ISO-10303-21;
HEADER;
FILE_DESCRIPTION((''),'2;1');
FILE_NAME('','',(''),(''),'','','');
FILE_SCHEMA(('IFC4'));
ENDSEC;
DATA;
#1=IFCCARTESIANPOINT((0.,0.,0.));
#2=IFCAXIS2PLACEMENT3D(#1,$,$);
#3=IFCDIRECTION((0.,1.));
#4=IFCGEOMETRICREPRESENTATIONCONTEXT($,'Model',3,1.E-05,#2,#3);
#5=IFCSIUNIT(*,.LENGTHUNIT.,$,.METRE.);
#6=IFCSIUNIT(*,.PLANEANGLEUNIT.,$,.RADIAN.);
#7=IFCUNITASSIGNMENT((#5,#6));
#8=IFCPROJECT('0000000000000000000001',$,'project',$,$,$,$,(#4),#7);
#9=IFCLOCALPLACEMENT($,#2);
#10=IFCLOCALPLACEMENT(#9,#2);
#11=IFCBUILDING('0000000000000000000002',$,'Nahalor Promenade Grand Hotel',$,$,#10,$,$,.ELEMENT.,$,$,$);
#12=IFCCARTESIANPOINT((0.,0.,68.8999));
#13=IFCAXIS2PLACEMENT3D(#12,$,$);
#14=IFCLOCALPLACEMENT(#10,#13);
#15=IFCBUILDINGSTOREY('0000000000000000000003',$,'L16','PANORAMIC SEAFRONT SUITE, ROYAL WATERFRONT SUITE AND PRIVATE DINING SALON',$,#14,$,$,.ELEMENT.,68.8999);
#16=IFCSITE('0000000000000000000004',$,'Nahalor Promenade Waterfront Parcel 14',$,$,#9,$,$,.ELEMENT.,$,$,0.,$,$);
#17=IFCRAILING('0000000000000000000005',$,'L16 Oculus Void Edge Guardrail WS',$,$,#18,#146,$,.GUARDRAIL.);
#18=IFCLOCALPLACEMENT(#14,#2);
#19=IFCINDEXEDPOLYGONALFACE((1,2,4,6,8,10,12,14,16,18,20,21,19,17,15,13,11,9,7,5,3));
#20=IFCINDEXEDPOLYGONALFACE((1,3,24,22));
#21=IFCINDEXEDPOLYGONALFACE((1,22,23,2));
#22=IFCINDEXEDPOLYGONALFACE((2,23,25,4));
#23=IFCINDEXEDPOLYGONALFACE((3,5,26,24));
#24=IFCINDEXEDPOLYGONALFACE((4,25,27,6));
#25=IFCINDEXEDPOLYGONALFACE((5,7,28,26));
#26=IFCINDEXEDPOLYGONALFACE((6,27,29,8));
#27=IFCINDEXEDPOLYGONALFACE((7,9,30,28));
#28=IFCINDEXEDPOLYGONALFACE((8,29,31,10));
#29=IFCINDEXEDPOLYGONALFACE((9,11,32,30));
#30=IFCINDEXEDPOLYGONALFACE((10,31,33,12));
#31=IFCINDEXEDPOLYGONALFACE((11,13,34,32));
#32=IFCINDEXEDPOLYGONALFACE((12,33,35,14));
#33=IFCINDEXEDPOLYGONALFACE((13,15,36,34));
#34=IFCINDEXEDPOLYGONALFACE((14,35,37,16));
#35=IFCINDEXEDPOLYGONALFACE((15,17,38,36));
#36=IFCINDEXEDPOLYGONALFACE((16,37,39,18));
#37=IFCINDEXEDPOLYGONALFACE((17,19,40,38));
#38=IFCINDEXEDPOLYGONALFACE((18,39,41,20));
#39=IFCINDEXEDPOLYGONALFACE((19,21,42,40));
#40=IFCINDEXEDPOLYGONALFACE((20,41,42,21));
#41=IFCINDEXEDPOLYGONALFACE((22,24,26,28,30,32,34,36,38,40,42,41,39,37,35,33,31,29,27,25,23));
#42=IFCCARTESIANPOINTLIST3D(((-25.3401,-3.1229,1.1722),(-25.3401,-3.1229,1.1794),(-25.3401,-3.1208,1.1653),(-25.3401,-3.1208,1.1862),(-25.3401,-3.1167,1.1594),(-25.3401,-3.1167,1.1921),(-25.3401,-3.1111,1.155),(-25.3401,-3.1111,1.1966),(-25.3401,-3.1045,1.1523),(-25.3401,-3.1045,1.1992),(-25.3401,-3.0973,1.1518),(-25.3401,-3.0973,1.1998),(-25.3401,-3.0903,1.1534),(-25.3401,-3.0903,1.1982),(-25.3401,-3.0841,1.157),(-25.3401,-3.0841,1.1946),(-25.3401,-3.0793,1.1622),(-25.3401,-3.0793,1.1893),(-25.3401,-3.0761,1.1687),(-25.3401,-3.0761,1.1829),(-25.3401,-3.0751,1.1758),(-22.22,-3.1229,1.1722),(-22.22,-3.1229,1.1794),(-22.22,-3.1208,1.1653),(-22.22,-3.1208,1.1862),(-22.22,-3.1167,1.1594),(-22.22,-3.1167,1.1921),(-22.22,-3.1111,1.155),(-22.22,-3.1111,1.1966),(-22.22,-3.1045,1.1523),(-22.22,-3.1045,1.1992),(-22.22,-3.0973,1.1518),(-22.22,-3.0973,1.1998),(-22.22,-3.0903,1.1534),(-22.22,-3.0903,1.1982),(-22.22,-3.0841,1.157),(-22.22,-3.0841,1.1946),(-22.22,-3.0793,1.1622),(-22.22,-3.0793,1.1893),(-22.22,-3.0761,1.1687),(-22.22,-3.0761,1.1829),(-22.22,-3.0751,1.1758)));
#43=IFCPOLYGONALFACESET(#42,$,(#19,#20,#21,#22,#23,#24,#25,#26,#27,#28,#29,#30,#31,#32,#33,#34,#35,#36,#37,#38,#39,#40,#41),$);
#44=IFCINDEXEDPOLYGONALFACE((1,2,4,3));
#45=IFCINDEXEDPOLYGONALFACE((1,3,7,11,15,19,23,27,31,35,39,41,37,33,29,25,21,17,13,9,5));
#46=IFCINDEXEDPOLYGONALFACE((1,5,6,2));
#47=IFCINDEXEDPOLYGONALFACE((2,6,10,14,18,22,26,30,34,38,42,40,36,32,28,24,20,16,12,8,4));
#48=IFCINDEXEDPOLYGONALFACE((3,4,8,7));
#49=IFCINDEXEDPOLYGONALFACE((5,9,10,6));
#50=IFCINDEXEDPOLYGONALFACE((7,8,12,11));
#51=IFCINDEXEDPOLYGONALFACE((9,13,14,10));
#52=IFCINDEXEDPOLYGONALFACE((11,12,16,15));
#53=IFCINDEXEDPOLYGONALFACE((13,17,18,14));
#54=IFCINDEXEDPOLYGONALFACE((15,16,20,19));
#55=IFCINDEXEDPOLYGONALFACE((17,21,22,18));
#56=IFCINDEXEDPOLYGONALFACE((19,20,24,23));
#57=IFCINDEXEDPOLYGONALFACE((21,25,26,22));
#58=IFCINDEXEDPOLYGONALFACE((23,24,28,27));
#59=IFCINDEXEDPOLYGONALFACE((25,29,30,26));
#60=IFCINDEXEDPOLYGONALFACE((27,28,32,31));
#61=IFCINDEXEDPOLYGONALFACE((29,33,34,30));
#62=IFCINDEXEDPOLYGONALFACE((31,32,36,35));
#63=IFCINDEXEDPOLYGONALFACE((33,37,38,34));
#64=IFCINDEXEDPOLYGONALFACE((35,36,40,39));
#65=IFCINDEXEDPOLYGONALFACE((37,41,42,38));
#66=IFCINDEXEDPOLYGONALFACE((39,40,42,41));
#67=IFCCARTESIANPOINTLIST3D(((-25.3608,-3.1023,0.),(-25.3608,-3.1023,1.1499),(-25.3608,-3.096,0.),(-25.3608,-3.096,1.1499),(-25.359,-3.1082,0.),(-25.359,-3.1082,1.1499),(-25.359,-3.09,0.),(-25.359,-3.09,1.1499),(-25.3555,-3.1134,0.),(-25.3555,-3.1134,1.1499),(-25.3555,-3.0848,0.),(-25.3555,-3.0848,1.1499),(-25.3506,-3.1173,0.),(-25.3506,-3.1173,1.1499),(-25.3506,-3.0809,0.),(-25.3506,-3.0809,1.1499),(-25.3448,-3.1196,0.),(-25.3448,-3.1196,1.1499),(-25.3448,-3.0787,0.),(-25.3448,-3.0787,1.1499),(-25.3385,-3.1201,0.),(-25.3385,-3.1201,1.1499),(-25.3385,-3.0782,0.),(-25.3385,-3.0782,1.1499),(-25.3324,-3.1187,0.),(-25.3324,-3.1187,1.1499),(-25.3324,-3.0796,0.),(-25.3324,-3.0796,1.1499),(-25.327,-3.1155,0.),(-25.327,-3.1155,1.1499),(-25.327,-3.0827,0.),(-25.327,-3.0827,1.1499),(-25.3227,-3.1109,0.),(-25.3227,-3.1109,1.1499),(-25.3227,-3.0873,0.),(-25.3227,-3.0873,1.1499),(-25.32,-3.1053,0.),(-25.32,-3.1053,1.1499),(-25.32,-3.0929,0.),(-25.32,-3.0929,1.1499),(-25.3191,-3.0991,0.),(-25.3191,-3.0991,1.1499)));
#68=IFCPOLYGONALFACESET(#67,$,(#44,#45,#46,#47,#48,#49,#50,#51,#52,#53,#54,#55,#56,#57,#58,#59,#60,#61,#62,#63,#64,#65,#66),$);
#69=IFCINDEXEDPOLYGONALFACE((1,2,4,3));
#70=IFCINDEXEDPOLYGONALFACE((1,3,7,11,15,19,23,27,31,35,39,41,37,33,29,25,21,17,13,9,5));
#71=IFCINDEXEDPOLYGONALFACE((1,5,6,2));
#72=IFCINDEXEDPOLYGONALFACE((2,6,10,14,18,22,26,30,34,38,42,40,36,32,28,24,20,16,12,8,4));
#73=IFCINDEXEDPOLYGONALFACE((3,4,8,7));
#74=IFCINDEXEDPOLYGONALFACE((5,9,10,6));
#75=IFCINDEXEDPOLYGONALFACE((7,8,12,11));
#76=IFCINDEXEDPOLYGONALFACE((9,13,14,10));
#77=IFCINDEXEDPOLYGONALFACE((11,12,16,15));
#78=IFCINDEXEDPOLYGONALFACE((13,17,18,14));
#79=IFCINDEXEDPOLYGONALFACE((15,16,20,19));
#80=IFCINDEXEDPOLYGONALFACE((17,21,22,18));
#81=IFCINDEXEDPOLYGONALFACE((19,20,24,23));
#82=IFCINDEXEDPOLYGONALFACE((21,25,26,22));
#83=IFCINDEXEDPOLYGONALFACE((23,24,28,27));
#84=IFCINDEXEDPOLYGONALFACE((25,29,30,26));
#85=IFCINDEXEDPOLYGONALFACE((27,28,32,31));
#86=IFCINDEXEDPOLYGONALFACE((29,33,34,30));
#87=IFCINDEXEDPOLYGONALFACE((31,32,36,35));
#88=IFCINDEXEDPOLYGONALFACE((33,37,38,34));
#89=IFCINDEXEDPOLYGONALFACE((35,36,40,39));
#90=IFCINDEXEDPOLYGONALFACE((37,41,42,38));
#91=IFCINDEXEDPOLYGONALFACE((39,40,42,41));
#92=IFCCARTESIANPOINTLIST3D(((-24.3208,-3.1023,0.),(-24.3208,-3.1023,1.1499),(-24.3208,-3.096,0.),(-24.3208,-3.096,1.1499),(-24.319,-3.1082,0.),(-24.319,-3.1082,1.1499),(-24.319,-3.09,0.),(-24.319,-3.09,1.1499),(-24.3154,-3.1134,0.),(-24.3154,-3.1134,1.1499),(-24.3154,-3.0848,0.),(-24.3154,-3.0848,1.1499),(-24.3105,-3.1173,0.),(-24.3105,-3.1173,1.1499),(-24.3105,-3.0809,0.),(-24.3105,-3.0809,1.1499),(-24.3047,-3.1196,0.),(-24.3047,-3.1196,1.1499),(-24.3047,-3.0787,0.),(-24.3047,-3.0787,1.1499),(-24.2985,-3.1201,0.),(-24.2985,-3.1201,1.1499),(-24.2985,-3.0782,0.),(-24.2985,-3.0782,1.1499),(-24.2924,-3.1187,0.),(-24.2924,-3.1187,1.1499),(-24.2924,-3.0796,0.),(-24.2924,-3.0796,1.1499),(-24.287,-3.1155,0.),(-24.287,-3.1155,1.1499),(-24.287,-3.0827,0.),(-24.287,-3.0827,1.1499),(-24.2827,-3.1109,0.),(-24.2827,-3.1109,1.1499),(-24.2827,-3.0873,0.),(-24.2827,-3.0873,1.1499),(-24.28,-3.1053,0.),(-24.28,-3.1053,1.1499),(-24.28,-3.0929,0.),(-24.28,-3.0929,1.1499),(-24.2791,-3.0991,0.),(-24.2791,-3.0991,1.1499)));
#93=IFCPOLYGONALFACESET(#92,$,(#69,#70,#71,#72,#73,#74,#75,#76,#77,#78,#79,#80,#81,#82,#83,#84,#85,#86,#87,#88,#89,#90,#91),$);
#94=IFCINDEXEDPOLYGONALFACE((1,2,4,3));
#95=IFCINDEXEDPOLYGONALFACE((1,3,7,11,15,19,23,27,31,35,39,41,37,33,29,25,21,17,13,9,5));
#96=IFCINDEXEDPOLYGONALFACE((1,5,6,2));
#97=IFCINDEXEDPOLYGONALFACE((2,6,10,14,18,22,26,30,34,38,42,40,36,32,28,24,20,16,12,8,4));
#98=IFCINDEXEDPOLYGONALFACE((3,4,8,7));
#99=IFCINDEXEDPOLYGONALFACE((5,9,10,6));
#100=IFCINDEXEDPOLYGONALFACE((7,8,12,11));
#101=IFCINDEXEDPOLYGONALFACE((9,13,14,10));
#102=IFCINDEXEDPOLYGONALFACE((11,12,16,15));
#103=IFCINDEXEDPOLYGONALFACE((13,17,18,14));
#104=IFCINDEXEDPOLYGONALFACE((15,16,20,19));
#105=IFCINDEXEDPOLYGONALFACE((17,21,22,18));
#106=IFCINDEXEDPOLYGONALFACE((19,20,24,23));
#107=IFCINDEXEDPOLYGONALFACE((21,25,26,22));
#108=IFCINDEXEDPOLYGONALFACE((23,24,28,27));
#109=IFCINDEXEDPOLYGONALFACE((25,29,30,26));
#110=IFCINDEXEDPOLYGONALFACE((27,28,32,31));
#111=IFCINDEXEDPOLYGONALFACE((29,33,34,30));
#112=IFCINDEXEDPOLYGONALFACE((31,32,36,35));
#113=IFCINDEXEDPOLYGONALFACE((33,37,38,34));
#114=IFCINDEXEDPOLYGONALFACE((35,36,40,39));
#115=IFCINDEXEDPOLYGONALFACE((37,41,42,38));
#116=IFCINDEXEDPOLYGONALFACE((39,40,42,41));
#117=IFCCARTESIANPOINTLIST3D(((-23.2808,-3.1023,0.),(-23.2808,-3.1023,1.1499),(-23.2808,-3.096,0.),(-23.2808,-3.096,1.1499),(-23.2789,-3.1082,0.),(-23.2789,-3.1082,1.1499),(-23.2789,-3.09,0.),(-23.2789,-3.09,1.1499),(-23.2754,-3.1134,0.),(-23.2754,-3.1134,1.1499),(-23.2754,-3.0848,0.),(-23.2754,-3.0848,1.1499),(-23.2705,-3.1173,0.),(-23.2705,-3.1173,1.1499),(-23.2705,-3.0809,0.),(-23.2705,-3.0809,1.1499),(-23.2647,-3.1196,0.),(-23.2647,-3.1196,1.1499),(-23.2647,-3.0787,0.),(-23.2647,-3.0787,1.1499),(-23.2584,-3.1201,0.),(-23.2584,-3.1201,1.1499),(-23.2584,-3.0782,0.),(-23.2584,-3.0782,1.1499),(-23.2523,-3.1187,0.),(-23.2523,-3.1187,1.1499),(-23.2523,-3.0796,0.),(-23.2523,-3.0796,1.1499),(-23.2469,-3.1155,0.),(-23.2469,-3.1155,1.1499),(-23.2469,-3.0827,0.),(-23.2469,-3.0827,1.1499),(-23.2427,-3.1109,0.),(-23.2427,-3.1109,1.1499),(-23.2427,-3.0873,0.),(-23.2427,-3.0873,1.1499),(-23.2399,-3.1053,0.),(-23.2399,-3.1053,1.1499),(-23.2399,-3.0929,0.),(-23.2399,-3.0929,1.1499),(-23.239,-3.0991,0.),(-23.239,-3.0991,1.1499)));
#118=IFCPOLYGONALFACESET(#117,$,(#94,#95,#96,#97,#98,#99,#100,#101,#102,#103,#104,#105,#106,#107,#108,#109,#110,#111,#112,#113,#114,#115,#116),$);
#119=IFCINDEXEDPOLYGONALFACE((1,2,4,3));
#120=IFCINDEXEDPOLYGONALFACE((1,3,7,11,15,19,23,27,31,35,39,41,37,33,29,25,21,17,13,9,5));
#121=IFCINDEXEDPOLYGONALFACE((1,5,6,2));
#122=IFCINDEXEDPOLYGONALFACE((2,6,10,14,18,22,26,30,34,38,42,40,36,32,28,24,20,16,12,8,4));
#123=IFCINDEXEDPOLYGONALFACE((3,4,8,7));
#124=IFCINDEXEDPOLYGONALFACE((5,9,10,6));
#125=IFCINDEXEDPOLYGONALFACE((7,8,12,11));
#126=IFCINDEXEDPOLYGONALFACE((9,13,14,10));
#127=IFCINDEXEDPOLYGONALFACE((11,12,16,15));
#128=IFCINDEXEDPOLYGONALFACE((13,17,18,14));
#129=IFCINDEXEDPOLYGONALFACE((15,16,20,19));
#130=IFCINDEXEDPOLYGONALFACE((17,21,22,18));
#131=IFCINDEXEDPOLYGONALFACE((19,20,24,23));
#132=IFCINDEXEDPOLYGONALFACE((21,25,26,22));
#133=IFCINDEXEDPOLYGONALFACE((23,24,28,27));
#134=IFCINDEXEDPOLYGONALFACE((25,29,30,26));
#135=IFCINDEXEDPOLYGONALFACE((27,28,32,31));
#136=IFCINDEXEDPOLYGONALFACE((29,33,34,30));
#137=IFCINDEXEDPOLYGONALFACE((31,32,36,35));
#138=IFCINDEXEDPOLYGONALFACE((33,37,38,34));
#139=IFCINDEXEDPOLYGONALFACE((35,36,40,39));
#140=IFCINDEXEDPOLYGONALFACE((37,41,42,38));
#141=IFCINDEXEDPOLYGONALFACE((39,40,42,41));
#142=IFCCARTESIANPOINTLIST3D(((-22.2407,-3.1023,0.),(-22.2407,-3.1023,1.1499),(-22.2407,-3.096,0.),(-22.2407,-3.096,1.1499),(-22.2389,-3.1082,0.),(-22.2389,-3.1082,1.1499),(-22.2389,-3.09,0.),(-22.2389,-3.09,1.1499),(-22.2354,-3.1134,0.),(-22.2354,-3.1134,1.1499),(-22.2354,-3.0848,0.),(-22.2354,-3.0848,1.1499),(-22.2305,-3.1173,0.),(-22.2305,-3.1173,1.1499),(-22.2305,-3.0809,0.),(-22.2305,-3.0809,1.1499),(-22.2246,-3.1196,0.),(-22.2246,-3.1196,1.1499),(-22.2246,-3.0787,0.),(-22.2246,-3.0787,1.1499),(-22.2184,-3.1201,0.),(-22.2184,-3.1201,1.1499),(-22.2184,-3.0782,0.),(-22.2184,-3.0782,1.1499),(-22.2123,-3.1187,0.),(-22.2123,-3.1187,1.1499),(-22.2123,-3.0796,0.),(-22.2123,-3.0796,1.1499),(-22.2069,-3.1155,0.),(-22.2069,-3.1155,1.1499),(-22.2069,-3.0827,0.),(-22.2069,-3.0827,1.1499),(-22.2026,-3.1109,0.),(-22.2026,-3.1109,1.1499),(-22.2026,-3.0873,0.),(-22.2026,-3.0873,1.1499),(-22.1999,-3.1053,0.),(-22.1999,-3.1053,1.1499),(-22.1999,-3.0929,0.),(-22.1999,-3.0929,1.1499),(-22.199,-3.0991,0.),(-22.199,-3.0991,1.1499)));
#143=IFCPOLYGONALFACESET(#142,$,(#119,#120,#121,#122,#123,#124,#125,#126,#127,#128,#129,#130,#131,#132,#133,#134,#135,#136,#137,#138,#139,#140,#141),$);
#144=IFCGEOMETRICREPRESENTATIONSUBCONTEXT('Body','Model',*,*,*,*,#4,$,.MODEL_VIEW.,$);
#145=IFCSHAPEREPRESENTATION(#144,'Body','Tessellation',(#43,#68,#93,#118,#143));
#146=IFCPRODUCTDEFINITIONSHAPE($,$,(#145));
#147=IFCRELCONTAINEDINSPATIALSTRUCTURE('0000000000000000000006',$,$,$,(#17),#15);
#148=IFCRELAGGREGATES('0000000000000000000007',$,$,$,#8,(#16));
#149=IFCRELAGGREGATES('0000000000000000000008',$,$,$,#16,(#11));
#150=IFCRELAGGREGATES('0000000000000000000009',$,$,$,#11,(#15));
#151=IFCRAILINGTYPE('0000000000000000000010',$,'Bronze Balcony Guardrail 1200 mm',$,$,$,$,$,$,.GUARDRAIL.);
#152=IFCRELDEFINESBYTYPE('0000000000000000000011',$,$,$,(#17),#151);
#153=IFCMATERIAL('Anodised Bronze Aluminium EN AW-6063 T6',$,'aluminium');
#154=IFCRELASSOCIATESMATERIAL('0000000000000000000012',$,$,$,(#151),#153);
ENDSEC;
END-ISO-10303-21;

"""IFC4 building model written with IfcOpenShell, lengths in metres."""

from ifc_helpers import new_model, si_unit, direction, frame, origin, origin_2d, place, context, subcontext, project, spatial, circle, extrude, material, type_object, element, save


model = new_model("IFC4")

# Units and contexts
model_context = context("Model", 3, precision=1e-05, world=origin(), true_north=direction((0.0, 1.0)))
body_context = subcontext(model_context, "Body", "Model", "MODEL_VIEW")
ifc_project = project(units=[si_unit("LENGTHUNIT", "METRE"), si_unit("PLANEANGLEUNIT", "RADIAN")], contexts=[model_context])

# Site, building, storey
site_placement = place(None, origin())
site = spatial("IfcSite", under=ifc_project, at=site_placement, Name="Nahalor Promenade Waterfront Parcel 14", CompositionType="ELEMENT", RefElevation=0.0)
building_placement = place(site_placement, origin())
building = spatial("IfcBuilding", under=site, at=building_placement, Name="Nahalor Promenade Grand Hotel", CompositionType="ELEMENT")
storey_placement = place(building_placement, frame((0.0, 0.0, 68.8999)))
storey = spatial("IfcBuildingStorey", under=building, at=storey_placement, Name="L16", Description="PANORAMIC SEAFRONT SUITE, ROYAL WATERFRONT SUITE AND PRIVATE DINING SALON", CompositionType="ELEMENT", Elevation=68.8999)

# Shared definitions
ifc_material_1 = material(Name="Anodised Bronze Aluminium EN AW-6063 T6", Category="aluminium")

# Railing
railing_type = type_object("IfcRailingType", Name="Bronze Balcony Guardrail 1200 mm", PredefinedType="GUARDRAIL", material=ifc_material_1)
for number, where, name in (
    (1, (-25.3401, -3.0991, 0.0), "L16 Oculus Void Edge Guardrail WS"),
):
    element("IfcRailing", number, at=place(storey_placement, frame(where)), inside=storey, type_object=railing_type, Name=name, PredefinedType="GUARDRAIL", context=body_context, shape_type="SweptSolid", body=[
        extrude(circle(Radius=0.024, at=origin_2d()), frame((0.0, 0.0, 1.1758), z_axis=(1.0, 0.0, 0.0), x_axis=(0.0, 1.0, 0.0)), (0.0, 0.0, 1.0), 3.1201),
        extrude(circle(Radius=0.021, at=origin_2d()), origin(), (0.0, 0.0, 1.0), 1.1499),
        extrude(circle(Radius=0.021, at=origin_2d()), frame((1.04, 0.0, 0.0)), (0.0, 0.0, 1.0), 1.1499),
        extrude(circle(Radius=0.021, at=origin_2d()), frame((2.0801, 0.0, 0.0)), (0.0, 0.0, 1.0), 1.1499),
        extrude(circle(Radius=0.021, at=origin_2d()), frame((3.1201, 0.0, 0.0)), (0.0, 0.0, 1.0), 1.1499),
    ])

save(model, "model.ifc")
